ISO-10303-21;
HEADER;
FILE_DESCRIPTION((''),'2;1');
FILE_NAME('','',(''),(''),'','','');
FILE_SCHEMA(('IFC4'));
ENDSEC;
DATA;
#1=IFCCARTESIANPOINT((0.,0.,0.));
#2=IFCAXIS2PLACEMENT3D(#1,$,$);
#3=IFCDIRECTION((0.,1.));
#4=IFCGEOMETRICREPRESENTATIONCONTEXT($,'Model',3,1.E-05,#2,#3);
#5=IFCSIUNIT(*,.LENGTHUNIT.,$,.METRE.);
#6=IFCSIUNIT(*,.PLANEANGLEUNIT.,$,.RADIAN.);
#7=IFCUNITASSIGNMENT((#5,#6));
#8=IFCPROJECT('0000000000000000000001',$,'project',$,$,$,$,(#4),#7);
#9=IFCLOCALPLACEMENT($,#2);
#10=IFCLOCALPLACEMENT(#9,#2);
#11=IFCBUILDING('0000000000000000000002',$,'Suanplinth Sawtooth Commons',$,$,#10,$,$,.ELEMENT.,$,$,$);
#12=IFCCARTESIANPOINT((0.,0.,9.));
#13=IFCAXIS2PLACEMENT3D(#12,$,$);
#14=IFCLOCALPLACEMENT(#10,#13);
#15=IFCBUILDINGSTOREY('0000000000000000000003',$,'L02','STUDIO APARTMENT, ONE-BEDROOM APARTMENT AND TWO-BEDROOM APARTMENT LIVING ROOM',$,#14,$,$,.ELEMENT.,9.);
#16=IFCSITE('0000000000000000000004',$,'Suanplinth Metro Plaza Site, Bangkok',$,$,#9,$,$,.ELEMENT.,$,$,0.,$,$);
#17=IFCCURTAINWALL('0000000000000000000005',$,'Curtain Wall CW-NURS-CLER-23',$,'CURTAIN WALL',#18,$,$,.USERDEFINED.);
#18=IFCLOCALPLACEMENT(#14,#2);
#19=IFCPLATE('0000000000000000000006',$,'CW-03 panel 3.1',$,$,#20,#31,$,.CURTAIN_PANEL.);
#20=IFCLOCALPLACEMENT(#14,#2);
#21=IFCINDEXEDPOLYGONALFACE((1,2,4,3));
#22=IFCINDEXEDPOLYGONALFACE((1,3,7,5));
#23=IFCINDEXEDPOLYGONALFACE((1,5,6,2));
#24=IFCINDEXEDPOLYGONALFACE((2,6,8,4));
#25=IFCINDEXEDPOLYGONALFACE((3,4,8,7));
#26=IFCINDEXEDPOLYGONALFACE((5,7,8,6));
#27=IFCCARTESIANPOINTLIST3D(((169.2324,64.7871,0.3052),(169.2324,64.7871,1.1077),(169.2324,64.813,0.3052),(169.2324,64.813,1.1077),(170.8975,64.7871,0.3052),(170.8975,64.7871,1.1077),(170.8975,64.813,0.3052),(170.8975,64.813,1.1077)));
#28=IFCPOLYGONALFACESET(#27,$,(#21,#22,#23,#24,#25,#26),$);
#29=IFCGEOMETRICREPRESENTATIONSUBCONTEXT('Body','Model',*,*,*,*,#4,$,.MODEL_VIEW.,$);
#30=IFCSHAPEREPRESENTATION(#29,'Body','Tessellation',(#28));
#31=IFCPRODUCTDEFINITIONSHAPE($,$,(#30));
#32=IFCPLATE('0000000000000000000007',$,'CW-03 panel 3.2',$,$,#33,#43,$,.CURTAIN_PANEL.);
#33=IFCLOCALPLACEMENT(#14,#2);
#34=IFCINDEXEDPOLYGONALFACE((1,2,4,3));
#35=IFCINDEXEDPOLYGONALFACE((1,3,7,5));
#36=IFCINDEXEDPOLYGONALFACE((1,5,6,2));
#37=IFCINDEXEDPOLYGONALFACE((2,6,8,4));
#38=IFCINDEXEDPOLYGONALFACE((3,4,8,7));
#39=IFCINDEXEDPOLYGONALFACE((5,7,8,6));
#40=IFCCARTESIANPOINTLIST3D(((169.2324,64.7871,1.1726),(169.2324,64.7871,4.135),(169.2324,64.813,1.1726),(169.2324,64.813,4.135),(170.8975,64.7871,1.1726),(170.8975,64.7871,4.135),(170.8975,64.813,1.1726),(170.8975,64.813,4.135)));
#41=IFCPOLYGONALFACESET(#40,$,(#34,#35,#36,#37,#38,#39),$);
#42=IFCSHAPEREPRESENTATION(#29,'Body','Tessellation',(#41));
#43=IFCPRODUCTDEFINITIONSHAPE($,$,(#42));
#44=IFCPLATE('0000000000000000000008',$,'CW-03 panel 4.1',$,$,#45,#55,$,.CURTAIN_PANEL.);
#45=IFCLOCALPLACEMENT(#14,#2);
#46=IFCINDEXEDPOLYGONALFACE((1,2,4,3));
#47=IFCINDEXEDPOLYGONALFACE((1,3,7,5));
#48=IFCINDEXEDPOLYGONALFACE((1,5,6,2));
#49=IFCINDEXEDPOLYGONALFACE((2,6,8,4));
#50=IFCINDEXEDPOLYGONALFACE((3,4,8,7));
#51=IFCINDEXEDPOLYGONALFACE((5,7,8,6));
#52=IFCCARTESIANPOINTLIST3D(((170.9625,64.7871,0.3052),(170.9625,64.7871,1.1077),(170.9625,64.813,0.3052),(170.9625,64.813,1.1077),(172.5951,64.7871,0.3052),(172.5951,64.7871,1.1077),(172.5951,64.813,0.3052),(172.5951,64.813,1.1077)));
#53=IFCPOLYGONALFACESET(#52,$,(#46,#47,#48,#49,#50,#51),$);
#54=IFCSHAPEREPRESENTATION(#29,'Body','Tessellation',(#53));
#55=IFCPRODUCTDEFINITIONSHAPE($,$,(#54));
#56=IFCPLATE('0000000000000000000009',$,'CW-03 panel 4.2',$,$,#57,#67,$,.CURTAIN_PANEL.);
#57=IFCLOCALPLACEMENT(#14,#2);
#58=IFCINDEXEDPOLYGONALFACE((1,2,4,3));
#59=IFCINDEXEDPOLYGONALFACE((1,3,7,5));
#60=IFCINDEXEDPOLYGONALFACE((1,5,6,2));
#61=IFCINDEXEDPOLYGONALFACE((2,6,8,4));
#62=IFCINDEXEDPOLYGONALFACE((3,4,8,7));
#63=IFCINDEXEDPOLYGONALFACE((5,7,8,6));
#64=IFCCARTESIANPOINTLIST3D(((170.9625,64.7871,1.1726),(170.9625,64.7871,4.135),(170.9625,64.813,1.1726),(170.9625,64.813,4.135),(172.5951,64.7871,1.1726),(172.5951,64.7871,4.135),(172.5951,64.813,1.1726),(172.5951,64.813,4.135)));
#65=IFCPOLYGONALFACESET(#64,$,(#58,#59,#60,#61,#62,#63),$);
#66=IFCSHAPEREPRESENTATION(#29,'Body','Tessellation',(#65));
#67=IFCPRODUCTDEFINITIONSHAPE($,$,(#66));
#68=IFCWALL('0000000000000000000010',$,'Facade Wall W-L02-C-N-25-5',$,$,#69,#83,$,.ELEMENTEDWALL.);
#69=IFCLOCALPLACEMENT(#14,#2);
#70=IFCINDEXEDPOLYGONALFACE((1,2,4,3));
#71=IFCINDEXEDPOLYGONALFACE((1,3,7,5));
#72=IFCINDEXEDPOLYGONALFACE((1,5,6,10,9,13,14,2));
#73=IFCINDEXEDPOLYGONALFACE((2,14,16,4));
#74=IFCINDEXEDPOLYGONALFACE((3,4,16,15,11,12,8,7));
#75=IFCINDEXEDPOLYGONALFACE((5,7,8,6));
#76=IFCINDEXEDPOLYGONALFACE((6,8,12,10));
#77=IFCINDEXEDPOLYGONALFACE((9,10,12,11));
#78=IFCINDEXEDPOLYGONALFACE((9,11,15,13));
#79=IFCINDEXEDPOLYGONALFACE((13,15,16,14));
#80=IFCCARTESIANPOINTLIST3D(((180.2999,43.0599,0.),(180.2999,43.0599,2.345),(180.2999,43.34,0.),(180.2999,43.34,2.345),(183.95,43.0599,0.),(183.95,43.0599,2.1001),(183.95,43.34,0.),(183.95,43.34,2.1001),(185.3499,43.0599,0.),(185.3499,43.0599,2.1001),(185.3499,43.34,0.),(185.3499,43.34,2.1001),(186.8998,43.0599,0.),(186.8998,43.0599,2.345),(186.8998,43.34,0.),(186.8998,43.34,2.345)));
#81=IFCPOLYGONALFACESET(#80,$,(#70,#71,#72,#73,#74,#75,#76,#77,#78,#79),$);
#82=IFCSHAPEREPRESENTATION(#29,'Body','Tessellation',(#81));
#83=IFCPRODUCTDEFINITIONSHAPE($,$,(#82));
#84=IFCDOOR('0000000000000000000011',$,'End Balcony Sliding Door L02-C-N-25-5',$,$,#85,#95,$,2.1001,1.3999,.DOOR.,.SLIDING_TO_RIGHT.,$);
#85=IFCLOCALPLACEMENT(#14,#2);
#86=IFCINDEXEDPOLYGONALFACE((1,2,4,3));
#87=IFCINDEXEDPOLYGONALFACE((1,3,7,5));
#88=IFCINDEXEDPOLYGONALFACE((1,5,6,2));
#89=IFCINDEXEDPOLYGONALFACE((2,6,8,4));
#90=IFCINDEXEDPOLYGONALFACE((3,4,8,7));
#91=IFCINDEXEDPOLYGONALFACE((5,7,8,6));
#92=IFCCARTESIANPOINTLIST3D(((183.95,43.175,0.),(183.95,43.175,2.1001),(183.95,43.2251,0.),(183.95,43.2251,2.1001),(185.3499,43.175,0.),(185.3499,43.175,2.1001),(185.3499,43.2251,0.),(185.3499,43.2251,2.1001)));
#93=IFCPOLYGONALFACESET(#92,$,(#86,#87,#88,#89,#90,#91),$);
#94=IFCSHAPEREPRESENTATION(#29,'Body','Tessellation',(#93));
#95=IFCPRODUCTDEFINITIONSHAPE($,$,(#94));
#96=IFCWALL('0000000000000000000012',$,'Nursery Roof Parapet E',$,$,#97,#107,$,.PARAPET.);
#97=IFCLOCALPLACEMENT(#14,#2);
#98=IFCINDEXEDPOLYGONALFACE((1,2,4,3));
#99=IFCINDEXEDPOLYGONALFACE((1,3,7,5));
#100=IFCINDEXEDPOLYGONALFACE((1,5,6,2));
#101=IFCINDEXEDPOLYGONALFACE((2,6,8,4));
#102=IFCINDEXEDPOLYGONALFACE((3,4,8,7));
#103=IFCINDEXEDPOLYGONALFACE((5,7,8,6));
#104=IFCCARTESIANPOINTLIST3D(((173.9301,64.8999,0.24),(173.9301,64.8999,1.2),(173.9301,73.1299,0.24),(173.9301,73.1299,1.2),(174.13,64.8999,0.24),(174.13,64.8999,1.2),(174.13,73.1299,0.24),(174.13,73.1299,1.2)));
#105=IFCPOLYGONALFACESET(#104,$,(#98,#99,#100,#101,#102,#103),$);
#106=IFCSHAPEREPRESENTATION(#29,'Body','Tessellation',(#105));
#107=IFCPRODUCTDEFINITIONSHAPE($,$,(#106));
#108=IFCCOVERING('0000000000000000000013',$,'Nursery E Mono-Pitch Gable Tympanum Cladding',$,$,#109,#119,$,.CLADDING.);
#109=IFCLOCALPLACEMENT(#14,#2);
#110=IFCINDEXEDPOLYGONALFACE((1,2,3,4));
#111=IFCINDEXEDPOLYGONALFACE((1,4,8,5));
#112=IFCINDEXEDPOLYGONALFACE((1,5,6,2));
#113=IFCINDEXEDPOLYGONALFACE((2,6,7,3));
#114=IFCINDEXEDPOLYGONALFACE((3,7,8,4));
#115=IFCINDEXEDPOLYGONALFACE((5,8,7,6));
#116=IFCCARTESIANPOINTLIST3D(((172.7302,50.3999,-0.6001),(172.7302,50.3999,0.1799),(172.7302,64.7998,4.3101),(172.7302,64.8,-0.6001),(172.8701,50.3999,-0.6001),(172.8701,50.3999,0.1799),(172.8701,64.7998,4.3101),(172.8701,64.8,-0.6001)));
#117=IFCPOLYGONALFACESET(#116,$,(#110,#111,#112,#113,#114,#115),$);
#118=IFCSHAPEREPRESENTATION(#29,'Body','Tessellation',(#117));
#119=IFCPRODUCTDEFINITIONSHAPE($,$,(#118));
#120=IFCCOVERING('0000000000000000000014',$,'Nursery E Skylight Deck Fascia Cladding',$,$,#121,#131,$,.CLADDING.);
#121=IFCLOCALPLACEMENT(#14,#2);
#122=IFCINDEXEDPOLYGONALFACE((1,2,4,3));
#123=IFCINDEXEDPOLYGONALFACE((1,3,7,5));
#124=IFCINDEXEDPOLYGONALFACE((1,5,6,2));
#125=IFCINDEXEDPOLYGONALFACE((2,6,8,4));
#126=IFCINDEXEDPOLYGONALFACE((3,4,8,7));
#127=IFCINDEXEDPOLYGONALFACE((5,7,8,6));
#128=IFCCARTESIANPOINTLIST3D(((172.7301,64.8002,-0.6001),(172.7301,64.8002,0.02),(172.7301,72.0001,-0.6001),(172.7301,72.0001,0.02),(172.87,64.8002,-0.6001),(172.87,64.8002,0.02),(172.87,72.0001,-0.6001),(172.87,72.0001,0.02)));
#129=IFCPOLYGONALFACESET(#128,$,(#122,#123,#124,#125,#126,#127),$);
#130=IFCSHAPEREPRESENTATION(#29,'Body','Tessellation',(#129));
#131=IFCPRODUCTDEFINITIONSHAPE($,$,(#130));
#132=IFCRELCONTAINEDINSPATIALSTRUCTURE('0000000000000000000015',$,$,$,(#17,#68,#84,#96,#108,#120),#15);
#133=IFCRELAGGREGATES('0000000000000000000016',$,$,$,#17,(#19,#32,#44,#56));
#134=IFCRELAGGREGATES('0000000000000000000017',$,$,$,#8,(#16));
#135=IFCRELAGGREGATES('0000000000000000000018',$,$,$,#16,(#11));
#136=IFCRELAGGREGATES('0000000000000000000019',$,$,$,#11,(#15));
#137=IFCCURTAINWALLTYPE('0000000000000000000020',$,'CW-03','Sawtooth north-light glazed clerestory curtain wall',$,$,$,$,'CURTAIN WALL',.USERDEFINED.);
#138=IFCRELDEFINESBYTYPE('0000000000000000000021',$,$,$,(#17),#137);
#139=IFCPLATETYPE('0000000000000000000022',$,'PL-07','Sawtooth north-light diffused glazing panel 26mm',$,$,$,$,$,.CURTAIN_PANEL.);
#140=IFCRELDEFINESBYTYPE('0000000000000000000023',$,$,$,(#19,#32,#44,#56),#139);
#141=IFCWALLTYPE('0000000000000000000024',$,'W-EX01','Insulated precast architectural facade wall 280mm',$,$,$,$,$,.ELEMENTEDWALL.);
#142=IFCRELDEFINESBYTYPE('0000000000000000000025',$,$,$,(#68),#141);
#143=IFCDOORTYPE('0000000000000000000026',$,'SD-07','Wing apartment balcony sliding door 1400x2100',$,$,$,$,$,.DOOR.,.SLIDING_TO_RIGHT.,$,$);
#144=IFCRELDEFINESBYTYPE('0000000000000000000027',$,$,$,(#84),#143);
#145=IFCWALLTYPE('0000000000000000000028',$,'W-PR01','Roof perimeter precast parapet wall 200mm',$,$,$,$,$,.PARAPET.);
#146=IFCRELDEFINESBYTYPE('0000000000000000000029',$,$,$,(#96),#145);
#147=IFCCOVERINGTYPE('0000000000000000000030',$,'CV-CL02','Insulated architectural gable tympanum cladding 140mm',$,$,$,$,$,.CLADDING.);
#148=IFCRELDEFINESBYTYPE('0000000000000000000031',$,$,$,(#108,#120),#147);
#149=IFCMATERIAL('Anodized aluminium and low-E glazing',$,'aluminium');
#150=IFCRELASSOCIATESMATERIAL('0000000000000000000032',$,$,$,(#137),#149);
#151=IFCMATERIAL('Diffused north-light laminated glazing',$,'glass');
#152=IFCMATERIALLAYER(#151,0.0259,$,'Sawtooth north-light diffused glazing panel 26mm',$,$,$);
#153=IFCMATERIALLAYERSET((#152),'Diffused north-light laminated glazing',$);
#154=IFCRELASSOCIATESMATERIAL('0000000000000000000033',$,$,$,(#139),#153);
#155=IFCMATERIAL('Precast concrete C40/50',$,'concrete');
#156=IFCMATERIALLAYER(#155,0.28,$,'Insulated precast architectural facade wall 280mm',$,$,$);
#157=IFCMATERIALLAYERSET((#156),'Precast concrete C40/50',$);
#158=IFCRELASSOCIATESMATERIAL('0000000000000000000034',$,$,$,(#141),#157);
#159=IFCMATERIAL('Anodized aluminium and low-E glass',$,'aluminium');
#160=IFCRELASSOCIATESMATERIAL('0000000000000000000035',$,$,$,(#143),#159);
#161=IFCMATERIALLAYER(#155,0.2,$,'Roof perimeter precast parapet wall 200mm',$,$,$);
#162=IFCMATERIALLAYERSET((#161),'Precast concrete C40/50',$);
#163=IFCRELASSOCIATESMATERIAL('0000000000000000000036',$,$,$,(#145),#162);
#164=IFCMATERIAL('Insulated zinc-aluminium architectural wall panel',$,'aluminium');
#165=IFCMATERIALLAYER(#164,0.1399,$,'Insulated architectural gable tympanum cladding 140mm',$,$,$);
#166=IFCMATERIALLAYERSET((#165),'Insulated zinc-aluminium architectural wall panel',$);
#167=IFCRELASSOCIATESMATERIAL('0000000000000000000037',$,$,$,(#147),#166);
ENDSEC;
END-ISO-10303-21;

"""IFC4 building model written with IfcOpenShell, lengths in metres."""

from ifc_helpers import new_model, si_unit, direction, frame, frame_2d, origin, origin_2d, place, context, subcontext, project, spatial, polyline, rectangle, outline, extrude, material, layer, layer_set, type_object, element, fill, aggregate, save


model = new_model("IFC4")

# Units and contexts
model_context = context("Model", 3, precision=1e-05, world=origin(), true_north=direction((0.0, 1.0)))
body_context = subcontext(model_context, "Body", "Model", "MODEL_VIEW")
ifc_project = project(units=[si_unit("LENGTHUNIT", "METRE"), si_unit("PLANEANGLEUNIT", "RADIAN")], contexts=[model_context])

# Site, building, storey
site_placement = place(None, origin())
site = spatial("IfcSite", under=ifc_project, at=site_placement, Name="Suanplinth Metro Plaza Site, Bangkok", CompositionType="ELEMENT", RefElevation=0.0)
building_placement = place(site_placement, origin())
building = spatial("IfcBuilding", under=site, at=building_placement, Name="Suanplinth Sawtooth Commons", CompositionType="ELEMENT")
storey_placement = place(building_placement, frame((0.0, 0.0, 9.0)))
storey = spatial("IfcBuildingStorey", under=building, at=storey_placement, Name="L02", Description="STUDIO APARTMENT, ONE-BEDROOM APARTMENT AND TWO-BEDROOM APARTMENT LIVING ROOM", CompositionType="ELEMENT", Elevation=9.0)

# Shared definitions
ifc_material_1 = material(Name="Precast concrete C40/50", Category="concrete")

# Curtain wall, plates
ifc_material_2 = material(Name="Anodized aluminium and low-E glazing", Category="aluminium")
curtain_wall_type = type_object("IfcCurtainWallType", Name="CW-03", Description="Sawtooth north-light glazed clerestory curtain wall", ElementType="CURTAIN WALL", PredefinedType="USERDEFINED", material=ifc_material_2)
curtain_wall_placement = place(storey_placement, origin())
curtain_wall = element("IfcCurtainWall", 1, at=curtain_wall_placement, inside=storey, type_object=curtain_wall_type, Name="Curtain Wall CW-NURS-CLER-23", ObjectType="CURTAIN WALL", PredefinedType="USERDEFINED")
ifc_material_3 = material(Name="Diffused north-light laminated glazing", Category="glass")
ifc_layer_1 = layer(ifc_material_3, 0.0259, Name="Sawtooth north-light diffused glazing panel 26mm")
ifc_layer_set_1 = layer_set([ifc_layer_1], Name="Diffused north-light laminated glazing")
plate_type = type_object("IfcPlateType", Name="PL-07", Description="Sawtooth north-light diffused glazing panel 26mm", PredefinedType="CURTAIN_PANEL", material=ifc_layer_set_1)
plate_1_placement = place(storey_placement, frame((170.0649, 64.8, 0.3052), z_axis=(0.0, 0.0, 1.0), x_axis=(1.0, 0.0, 0.0)))
plate_1 = element("IfcPlate", 2, at=plate_1_placement, type_object=plate_type, Name="CW-03 panel 3.1", PredefinedType="CURTAIN_PANEL", context=body_context, shape_type="SweptSolid", body=[
    extrude(rectangle(XDim=1.665, YDim=0.0259, at=origin_2d()), origin(), (0.0, 0.0, 1.0), 0.8025),
])
plate_2_placement = place(storey_placement, frame((170.0649, 64.8, 1.1726), z_axis=(0.0, 0.0, 1.0), x_axis=(1.0, 0.0, 0.0)))
plate_2 = element("IfcPlate", 3, at=plate_2_placement, type_object=plate_type, Name="CW-03 panel 3.2", PredefinedType="CURTAIN_PANEL", context=body_context, shape_type="SweptSolid", body=[
    extrude(rectangle(XDim=1.665, YDim=0.0259, at=origin_2d()), origin(), (0.0, 0.0, 1.0), 2.9624),
])
plate_3_placement = place(storey_placement, frame((171.7788, 64.8, 0.3052), z_axis=(0.0, 0.0, 1.0), x_axis=(1.0, 0.0, 0.0)))
plate_3 = element("IfcPlate", 4, at=plate_3_placement, type_object=plate_type, Name="CW-03 panel 4.1", PredefinedType="CURTAIN_PANEL", context=body_context, shape_type="SweptSolid", body=[
    extrude(rectangle(XDim=1.6326, YDim=0.0259, at=origin_2d()), origin(), (0.0, 0.0, 1.0), 0.8025),
])
plate_4_placement = place(storey_placement, frame((171.7788, 64.8, 1.1726), z_axis=(0.0, 0.0, 1.0), x_axis=(1.0, 0.0, 0.0)))
plate_4 = element("IfcPlate", 5, at=plate_4_placement, type_object=plate_type, Name="CW-03 panel 4.2", PredefinedType="CURTAIN_PANEL", context=body_context, shape_type="SweptSolid", body=[
    extrude(rectangle(XDim=1.6326, YDim=0.0259, at=origin_2d()), origin(), (0.0, 0.0, 1.0), 2.9624),
])
aggregate(curtain_wall, [plate_1, plate_2, plate_3, plate_4])

# Wall, opening, door
ifc_layer_2 = layer(ifc_material_1, 0.28, Name="Insulated precast architectural facade wall 280mm")
ifc_layer_set_2 = layer_set([ifc_layer_2], Name="Precast concrete C40/50")
wall_type_1 = type_object("IfcWallType", Name="W-EX01", Description="Insulated precast architectural facade wall 280mm", PredefinedType="ELEMENTEDWALL", material=ifc_layer_set_2)
wall_1_placement = place(storey_placement, frame((180.3, 43.2, 0.0), z_axis=(0.0, 0.0, 1.0), x_axis=(1.0, 0.0, 0.0)))
wall_1 = element("IfcWall", 6, at=wall_1_placement, inside=storey, type_object=wall_type_1, Name="Facade Wall W-L02-C-N-25-5", PredefinedType="ELEMENTEDWALL", context=body_context, shape_type="SweptSolid", body=[
    extrude(rectangle(XDim=6.5999, YDim=0.28, at=frame_2d((3.2998, 0.0))), origin(), (0.0, 0.0, 1.0), 2.345),
])
opening_placement = place(wall_1_placement, frame((3.6499, 0.0, 0.0)))
opening = element("IfcOpeningElement", 7, at=opening_placement, cuts=wall_1, PredefinedType="OPENING", context=body_context, shape_type="SweptSolid", body=[
    extrude(rectangle(XDim=1.3999, YDim=2.1001, at=frame_2d((0.7, 1.05))), frame((0.0, 0.1548, 0.0), z_axis=(0.0, -1.0, 0.0), x_axis=(1.0, 0.0, 0.0)), (0.0, 0.0, 1.0), 0.3098),
])
ifc_material_4 = material(Name="Anodized aluminium and low-E glass", Category="aluminium")
door_type = type_object("IfcDoorType", Name="SD-07", Description="Wing apartment balcony sliding door 1400x2100", OperationType="SLIDING_TO_RIGHT", PredefinedType="DOOR", material=ifc_material_4)
door_placement = place(opening_placement, frame((1.3999, 0.0, 0.0), z_axis=(0.0, 0.0, 1.0), x_axis=(-1.0, 0.0, 0.0)))
door = element("IfcDoor", 8, at=door_placement, inside=storey, type_object=door_type, Name="End Balcony Sliding Door L02-C-N-25-5", OperationType="SLIDING_TO_RIGHT", OverallHeight=2.1001, OverallWidth=1.3999, PredefinedType="DOOR", context=body_context, shape_type="SweptSolid", body=[
    extrude(rectangle(XDim=1.3999, YDim=2.1001, at=frame_2d((0.7, 1.05))), frame((0.0, 0.0249, 0.0), z_axis=(0.0, -1.0, 0.0), x_axis=(1.0, 0.0, 0.0)), (0.0, 0.0, 1.0), 0.05),
])
fill(opening, door)

# Wall
ifc_layer_3 = layer(ifc_material_1, 0.2, Name="Roof perimeter precast parapet wall 200mm")
ifc_layer_set_3 = layer_set([ifc_layer_3], Name="Precast concrete C40/50")
wall_type_2 = type_object("IfcWallType", Name="W-PR01", Description="Roof perimeter precast parapet wall 200mm", PredefinedType="PARAPET", material=ifc_layer_set_3)
wall_2_placement = place(storey_placement, frame((174.03, 64.8999, 0.24), z_axis=(0.0, 0.0, 1.0), x_axis=(0.0, 1.0, 0.0)))
element("IfcWall", 9, at=wall_2_placement, inside=storey, type_object=wall_type_2, Name="Nursery Roof Parapet E", PredefinedType="PARAPET", context=body_context, shape_type="SweptSolid", body=[
    extrude(rectangle(XDim=8.23, YDim=0.2, at=frame_2d((4.115, 0.0))), origin(), (0.0, 0.0, 1.0), 0.96),
])

# Coverings
ifc_material_5 = material(Name="Insulated zinc-aluminium architectural wall panel", Category="aluminium")
ifc_layer_4 = layer(ifc_material_5, 0.1399, Name="Insulated architectural gable tympanum cladding 140mm")
ifc_layer_set_4 = layer_set([ifc_layer_4], Name="Insulated zinc-aluminium architectural wall panel")
covering_type = type_object("IfcCoveringType", Name="CV-CL02", Description="Insulated architectural gable tympanum cladding 140mm", PredefinedType="CLADDING", material=ifc_layer_set_4)
covering_1_placement = place(storey_placement, frame((172.8, 50.3999, -0.6001), z_axis=(0.0, 0.0, 1.0), x_axis=(0.0, 1.0, 0.0)))
element("IfcCovering", 10, at=covering_1_placement, inside=storey, type_object=covering_type, Name="Nursery E Mono-Pitch Gable Tympanum Cladding", PredefinedType="CLADDING", context=body_context, shape_type="SweptSolid", body=[
    extrude(outline(polyline([(0.0, 0.0), (14.4001, 0.0), (14.3999, 4.9102), (0.0, 0.78), (0.0, 0.0)])), frame((0.0, 0.0698, 0.0), z_axis=(0.0, -1.0, 0.0), x_axis=(1.0, 0.0, 0.0)), (0.0, 0.0, 1.0), 0.1399),
])
covering_2_placement = place(storey_placement, frame((172.8, 64.8, -0.6001), z_axis=(0.0, 0.0, 1.0), x_axis=(0.0, 1.0, 0.0)))
element("IfcCovering", 11, at=covering_2_placement, inside=storey, type_object=covering_type, Name="Nursery E Skylight Deck Fascia Cladding", PredefinedType="CLADDING", context=body_context, shape_type="SweptSolid", body=[
    extrude(rectangle(XDim=7.2, YDim=0.1399, at=frame_2d((3.6001, 0.0))), origin(), (0.0, 0.0, 1.0), 0.6201),
])

save(model, "model.ifc")
